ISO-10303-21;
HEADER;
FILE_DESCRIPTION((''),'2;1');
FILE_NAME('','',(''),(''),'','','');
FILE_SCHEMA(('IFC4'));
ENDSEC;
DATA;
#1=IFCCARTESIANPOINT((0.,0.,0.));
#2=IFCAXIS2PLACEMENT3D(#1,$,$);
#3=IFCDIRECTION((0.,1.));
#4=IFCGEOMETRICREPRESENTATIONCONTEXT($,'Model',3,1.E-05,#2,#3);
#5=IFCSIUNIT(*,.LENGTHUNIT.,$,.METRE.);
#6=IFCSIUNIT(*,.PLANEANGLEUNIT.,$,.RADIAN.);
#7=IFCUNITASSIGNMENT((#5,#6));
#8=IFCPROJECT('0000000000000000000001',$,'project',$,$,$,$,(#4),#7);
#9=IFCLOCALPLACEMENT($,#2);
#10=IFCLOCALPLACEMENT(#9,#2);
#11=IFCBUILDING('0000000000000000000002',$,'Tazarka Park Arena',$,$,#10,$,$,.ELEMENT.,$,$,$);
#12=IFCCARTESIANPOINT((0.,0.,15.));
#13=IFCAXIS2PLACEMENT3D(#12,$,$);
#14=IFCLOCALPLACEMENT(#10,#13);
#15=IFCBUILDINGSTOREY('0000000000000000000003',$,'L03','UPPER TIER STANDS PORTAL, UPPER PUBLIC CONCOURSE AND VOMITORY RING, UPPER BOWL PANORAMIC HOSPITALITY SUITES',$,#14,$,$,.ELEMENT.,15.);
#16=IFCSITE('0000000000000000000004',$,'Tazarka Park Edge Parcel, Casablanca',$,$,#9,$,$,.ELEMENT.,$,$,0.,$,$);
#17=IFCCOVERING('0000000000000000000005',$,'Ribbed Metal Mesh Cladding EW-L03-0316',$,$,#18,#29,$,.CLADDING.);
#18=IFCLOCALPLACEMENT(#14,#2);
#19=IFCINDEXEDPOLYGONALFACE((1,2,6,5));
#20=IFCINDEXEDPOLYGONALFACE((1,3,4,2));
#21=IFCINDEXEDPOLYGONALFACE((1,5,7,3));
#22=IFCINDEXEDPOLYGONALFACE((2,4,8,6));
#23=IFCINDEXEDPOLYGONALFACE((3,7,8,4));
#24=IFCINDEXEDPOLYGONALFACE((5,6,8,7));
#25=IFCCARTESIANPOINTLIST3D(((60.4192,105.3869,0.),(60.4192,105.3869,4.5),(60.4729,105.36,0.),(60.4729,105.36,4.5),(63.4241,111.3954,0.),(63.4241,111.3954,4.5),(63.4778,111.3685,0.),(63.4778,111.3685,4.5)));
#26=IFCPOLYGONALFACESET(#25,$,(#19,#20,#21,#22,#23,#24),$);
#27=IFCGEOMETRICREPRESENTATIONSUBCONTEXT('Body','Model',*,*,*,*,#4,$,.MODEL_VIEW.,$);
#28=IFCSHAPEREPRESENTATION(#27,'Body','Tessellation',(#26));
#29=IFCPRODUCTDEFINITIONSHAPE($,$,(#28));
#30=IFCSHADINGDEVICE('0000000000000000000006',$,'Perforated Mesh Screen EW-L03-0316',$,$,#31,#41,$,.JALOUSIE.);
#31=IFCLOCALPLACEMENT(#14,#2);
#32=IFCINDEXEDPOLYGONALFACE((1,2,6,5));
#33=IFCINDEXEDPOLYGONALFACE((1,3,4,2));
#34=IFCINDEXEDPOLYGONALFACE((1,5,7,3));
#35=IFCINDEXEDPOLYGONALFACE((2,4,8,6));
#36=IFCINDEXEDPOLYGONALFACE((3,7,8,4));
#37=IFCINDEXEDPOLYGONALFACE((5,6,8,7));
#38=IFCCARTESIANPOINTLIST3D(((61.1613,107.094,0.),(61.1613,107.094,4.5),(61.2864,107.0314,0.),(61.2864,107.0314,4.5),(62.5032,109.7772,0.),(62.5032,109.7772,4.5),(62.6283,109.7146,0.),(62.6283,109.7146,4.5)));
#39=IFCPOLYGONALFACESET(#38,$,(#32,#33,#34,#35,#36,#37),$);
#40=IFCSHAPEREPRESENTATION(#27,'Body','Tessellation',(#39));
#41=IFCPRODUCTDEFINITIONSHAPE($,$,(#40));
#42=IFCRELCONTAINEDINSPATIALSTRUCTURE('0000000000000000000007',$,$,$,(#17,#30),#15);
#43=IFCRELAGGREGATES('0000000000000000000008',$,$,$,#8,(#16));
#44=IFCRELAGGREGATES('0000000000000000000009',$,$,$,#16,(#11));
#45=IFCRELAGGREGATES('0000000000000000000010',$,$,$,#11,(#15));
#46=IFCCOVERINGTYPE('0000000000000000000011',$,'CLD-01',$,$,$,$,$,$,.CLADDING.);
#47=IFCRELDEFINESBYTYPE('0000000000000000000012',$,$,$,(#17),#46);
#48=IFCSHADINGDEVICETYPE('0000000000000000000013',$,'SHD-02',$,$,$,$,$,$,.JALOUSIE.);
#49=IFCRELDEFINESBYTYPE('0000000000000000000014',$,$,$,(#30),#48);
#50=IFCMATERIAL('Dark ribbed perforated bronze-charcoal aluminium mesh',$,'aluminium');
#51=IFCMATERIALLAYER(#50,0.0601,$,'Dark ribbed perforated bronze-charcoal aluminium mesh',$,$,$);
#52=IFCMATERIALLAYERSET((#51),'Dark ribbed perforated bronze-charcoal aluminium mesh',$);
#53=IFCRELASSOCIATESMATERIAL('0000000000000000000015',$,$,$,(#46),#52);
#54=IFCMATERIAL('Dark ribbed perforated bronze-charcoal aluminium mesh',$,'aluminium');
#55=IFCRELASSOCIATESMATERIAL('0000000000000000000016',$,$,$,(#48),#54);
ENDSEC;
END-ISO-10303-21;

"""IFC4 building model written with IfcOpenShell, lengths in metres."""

from ifc_helpers import new_model, si_unit, direction, frame, origin, origin_2d, place, context, subcontext, project, spatial, rectangle, extrude, material, layer, layer_set, type_object, element, save


model = new_model("IFC4")

# Units and contexts
model_context = context("Model", 3, precision=1e-05, world=origin(), true_north=direction((0.0, 1.0)))
body_context = subcontext(model_context, "Body", "Model", "MODEL_VIEW")
ifc_project = project(units=[si_unit("LENGTHUNIT", "METRE"), si_unit("PLANEANGLEUNIT", "RADIAN")], contexts=[model_context])

# Site, building, storey
site_placement = place(None, origin())
site = spatial("IfcSite", under=ifc_project, at=site_placement, Name="Tazarka Park Edge Parcel, Casablanca", CompositionType="ELEMENT", RefElevation=0.0)
building_placement = place(site_placement, origin())
building = spatial("IfcBuilding", under=site, at=building_placement, Name="Tazarka Park Arena", CompositionType="ELEMENT")
storey_placement = place(building_placement, frame((0.0, 0.0, 15.0)))
storey = spatial("IfcBuildingStorey", under=building, at=storey_placement, Name="L03", Description="UPPER TIER STANDS PORTAL, UPPER PUBLIC CONCOURSE AND VOMITORY RING, UPPER BOWL PANORAMIC HOSPITALITY SUITES", CompositionType="ELEMENT", Elevation=15.0)

# Covering
ifc_material_1 = material(Name="Dark ribbed perforated bronze-charcoal aluminium mesh", Category="aluminium")
ifc_layer_1 = layer(ifc_material_1, 0.0601, Name="Dark ribbed perforated bronze-charcoal aluminium mesh")
ifc_layer_set_1 = layer_set([ifc_layer_1], Name="Dark ribbed perforated bronze-charcoal aluminium mesh")
covering_type = type_object("IfcCoveringType", Name="CLD-01", PredefinedType="CLADDING", material=ifc_layer_set_1)
covering_1_placement = place(storey_placement, frame((61.9485, 108.3777, 0.0), z_axis=(0.0, 0.0, 1.0), x_axis=(0.447291, 0.894389, 0.0)))
element("IfcCovering", 1, at=covering_1_placement, inside=storey, type_object=covering_type, Name="Ribbed Metal Mesh Cladding EW-L03-0316", PredefinedType="CLADDING", context=body_context, shape_type="SweptSolid", body=[
    extrude(rectangle(XDim=6.718, YDim=0.0601, at=origin_2d()), origin(), (0.0, 0.0, 1.0), 4.5),
])

# Shading device
ifc_material_2 = material(Name="Dark ribbed perforated bronze-charcoal aluminium mesh", Category="aluminium")
shading_device_type = type_object("IfcShadingDeviceType", Name="SHD-02", PredefinedType="JALOUSIE", material=ifc_material_2)
shading_device_placement = place(storey_placement, frame((61.8948, 108.4043, 0.0), z_axis=(0.0, 0.0, 1.0), x_axis=(0.447291, 0.894389, 0.0)))
element("IfcShadingDevice", 2, at=shading_device_placement, inside=storey, type_object=shading_device_type, Name="Perforated Mesh Screen EW-L03-0316", PredefinedType="JALOUSIE", context=body_context, shape_type="SweptSolid", body=[
    extrude(rectangle(XDim=3.0, YDim=0.1399, at=origin_2d()), origin(), (0.0, 0.0, 1.0), 4.5),
])

save(model, "model.ifc")
